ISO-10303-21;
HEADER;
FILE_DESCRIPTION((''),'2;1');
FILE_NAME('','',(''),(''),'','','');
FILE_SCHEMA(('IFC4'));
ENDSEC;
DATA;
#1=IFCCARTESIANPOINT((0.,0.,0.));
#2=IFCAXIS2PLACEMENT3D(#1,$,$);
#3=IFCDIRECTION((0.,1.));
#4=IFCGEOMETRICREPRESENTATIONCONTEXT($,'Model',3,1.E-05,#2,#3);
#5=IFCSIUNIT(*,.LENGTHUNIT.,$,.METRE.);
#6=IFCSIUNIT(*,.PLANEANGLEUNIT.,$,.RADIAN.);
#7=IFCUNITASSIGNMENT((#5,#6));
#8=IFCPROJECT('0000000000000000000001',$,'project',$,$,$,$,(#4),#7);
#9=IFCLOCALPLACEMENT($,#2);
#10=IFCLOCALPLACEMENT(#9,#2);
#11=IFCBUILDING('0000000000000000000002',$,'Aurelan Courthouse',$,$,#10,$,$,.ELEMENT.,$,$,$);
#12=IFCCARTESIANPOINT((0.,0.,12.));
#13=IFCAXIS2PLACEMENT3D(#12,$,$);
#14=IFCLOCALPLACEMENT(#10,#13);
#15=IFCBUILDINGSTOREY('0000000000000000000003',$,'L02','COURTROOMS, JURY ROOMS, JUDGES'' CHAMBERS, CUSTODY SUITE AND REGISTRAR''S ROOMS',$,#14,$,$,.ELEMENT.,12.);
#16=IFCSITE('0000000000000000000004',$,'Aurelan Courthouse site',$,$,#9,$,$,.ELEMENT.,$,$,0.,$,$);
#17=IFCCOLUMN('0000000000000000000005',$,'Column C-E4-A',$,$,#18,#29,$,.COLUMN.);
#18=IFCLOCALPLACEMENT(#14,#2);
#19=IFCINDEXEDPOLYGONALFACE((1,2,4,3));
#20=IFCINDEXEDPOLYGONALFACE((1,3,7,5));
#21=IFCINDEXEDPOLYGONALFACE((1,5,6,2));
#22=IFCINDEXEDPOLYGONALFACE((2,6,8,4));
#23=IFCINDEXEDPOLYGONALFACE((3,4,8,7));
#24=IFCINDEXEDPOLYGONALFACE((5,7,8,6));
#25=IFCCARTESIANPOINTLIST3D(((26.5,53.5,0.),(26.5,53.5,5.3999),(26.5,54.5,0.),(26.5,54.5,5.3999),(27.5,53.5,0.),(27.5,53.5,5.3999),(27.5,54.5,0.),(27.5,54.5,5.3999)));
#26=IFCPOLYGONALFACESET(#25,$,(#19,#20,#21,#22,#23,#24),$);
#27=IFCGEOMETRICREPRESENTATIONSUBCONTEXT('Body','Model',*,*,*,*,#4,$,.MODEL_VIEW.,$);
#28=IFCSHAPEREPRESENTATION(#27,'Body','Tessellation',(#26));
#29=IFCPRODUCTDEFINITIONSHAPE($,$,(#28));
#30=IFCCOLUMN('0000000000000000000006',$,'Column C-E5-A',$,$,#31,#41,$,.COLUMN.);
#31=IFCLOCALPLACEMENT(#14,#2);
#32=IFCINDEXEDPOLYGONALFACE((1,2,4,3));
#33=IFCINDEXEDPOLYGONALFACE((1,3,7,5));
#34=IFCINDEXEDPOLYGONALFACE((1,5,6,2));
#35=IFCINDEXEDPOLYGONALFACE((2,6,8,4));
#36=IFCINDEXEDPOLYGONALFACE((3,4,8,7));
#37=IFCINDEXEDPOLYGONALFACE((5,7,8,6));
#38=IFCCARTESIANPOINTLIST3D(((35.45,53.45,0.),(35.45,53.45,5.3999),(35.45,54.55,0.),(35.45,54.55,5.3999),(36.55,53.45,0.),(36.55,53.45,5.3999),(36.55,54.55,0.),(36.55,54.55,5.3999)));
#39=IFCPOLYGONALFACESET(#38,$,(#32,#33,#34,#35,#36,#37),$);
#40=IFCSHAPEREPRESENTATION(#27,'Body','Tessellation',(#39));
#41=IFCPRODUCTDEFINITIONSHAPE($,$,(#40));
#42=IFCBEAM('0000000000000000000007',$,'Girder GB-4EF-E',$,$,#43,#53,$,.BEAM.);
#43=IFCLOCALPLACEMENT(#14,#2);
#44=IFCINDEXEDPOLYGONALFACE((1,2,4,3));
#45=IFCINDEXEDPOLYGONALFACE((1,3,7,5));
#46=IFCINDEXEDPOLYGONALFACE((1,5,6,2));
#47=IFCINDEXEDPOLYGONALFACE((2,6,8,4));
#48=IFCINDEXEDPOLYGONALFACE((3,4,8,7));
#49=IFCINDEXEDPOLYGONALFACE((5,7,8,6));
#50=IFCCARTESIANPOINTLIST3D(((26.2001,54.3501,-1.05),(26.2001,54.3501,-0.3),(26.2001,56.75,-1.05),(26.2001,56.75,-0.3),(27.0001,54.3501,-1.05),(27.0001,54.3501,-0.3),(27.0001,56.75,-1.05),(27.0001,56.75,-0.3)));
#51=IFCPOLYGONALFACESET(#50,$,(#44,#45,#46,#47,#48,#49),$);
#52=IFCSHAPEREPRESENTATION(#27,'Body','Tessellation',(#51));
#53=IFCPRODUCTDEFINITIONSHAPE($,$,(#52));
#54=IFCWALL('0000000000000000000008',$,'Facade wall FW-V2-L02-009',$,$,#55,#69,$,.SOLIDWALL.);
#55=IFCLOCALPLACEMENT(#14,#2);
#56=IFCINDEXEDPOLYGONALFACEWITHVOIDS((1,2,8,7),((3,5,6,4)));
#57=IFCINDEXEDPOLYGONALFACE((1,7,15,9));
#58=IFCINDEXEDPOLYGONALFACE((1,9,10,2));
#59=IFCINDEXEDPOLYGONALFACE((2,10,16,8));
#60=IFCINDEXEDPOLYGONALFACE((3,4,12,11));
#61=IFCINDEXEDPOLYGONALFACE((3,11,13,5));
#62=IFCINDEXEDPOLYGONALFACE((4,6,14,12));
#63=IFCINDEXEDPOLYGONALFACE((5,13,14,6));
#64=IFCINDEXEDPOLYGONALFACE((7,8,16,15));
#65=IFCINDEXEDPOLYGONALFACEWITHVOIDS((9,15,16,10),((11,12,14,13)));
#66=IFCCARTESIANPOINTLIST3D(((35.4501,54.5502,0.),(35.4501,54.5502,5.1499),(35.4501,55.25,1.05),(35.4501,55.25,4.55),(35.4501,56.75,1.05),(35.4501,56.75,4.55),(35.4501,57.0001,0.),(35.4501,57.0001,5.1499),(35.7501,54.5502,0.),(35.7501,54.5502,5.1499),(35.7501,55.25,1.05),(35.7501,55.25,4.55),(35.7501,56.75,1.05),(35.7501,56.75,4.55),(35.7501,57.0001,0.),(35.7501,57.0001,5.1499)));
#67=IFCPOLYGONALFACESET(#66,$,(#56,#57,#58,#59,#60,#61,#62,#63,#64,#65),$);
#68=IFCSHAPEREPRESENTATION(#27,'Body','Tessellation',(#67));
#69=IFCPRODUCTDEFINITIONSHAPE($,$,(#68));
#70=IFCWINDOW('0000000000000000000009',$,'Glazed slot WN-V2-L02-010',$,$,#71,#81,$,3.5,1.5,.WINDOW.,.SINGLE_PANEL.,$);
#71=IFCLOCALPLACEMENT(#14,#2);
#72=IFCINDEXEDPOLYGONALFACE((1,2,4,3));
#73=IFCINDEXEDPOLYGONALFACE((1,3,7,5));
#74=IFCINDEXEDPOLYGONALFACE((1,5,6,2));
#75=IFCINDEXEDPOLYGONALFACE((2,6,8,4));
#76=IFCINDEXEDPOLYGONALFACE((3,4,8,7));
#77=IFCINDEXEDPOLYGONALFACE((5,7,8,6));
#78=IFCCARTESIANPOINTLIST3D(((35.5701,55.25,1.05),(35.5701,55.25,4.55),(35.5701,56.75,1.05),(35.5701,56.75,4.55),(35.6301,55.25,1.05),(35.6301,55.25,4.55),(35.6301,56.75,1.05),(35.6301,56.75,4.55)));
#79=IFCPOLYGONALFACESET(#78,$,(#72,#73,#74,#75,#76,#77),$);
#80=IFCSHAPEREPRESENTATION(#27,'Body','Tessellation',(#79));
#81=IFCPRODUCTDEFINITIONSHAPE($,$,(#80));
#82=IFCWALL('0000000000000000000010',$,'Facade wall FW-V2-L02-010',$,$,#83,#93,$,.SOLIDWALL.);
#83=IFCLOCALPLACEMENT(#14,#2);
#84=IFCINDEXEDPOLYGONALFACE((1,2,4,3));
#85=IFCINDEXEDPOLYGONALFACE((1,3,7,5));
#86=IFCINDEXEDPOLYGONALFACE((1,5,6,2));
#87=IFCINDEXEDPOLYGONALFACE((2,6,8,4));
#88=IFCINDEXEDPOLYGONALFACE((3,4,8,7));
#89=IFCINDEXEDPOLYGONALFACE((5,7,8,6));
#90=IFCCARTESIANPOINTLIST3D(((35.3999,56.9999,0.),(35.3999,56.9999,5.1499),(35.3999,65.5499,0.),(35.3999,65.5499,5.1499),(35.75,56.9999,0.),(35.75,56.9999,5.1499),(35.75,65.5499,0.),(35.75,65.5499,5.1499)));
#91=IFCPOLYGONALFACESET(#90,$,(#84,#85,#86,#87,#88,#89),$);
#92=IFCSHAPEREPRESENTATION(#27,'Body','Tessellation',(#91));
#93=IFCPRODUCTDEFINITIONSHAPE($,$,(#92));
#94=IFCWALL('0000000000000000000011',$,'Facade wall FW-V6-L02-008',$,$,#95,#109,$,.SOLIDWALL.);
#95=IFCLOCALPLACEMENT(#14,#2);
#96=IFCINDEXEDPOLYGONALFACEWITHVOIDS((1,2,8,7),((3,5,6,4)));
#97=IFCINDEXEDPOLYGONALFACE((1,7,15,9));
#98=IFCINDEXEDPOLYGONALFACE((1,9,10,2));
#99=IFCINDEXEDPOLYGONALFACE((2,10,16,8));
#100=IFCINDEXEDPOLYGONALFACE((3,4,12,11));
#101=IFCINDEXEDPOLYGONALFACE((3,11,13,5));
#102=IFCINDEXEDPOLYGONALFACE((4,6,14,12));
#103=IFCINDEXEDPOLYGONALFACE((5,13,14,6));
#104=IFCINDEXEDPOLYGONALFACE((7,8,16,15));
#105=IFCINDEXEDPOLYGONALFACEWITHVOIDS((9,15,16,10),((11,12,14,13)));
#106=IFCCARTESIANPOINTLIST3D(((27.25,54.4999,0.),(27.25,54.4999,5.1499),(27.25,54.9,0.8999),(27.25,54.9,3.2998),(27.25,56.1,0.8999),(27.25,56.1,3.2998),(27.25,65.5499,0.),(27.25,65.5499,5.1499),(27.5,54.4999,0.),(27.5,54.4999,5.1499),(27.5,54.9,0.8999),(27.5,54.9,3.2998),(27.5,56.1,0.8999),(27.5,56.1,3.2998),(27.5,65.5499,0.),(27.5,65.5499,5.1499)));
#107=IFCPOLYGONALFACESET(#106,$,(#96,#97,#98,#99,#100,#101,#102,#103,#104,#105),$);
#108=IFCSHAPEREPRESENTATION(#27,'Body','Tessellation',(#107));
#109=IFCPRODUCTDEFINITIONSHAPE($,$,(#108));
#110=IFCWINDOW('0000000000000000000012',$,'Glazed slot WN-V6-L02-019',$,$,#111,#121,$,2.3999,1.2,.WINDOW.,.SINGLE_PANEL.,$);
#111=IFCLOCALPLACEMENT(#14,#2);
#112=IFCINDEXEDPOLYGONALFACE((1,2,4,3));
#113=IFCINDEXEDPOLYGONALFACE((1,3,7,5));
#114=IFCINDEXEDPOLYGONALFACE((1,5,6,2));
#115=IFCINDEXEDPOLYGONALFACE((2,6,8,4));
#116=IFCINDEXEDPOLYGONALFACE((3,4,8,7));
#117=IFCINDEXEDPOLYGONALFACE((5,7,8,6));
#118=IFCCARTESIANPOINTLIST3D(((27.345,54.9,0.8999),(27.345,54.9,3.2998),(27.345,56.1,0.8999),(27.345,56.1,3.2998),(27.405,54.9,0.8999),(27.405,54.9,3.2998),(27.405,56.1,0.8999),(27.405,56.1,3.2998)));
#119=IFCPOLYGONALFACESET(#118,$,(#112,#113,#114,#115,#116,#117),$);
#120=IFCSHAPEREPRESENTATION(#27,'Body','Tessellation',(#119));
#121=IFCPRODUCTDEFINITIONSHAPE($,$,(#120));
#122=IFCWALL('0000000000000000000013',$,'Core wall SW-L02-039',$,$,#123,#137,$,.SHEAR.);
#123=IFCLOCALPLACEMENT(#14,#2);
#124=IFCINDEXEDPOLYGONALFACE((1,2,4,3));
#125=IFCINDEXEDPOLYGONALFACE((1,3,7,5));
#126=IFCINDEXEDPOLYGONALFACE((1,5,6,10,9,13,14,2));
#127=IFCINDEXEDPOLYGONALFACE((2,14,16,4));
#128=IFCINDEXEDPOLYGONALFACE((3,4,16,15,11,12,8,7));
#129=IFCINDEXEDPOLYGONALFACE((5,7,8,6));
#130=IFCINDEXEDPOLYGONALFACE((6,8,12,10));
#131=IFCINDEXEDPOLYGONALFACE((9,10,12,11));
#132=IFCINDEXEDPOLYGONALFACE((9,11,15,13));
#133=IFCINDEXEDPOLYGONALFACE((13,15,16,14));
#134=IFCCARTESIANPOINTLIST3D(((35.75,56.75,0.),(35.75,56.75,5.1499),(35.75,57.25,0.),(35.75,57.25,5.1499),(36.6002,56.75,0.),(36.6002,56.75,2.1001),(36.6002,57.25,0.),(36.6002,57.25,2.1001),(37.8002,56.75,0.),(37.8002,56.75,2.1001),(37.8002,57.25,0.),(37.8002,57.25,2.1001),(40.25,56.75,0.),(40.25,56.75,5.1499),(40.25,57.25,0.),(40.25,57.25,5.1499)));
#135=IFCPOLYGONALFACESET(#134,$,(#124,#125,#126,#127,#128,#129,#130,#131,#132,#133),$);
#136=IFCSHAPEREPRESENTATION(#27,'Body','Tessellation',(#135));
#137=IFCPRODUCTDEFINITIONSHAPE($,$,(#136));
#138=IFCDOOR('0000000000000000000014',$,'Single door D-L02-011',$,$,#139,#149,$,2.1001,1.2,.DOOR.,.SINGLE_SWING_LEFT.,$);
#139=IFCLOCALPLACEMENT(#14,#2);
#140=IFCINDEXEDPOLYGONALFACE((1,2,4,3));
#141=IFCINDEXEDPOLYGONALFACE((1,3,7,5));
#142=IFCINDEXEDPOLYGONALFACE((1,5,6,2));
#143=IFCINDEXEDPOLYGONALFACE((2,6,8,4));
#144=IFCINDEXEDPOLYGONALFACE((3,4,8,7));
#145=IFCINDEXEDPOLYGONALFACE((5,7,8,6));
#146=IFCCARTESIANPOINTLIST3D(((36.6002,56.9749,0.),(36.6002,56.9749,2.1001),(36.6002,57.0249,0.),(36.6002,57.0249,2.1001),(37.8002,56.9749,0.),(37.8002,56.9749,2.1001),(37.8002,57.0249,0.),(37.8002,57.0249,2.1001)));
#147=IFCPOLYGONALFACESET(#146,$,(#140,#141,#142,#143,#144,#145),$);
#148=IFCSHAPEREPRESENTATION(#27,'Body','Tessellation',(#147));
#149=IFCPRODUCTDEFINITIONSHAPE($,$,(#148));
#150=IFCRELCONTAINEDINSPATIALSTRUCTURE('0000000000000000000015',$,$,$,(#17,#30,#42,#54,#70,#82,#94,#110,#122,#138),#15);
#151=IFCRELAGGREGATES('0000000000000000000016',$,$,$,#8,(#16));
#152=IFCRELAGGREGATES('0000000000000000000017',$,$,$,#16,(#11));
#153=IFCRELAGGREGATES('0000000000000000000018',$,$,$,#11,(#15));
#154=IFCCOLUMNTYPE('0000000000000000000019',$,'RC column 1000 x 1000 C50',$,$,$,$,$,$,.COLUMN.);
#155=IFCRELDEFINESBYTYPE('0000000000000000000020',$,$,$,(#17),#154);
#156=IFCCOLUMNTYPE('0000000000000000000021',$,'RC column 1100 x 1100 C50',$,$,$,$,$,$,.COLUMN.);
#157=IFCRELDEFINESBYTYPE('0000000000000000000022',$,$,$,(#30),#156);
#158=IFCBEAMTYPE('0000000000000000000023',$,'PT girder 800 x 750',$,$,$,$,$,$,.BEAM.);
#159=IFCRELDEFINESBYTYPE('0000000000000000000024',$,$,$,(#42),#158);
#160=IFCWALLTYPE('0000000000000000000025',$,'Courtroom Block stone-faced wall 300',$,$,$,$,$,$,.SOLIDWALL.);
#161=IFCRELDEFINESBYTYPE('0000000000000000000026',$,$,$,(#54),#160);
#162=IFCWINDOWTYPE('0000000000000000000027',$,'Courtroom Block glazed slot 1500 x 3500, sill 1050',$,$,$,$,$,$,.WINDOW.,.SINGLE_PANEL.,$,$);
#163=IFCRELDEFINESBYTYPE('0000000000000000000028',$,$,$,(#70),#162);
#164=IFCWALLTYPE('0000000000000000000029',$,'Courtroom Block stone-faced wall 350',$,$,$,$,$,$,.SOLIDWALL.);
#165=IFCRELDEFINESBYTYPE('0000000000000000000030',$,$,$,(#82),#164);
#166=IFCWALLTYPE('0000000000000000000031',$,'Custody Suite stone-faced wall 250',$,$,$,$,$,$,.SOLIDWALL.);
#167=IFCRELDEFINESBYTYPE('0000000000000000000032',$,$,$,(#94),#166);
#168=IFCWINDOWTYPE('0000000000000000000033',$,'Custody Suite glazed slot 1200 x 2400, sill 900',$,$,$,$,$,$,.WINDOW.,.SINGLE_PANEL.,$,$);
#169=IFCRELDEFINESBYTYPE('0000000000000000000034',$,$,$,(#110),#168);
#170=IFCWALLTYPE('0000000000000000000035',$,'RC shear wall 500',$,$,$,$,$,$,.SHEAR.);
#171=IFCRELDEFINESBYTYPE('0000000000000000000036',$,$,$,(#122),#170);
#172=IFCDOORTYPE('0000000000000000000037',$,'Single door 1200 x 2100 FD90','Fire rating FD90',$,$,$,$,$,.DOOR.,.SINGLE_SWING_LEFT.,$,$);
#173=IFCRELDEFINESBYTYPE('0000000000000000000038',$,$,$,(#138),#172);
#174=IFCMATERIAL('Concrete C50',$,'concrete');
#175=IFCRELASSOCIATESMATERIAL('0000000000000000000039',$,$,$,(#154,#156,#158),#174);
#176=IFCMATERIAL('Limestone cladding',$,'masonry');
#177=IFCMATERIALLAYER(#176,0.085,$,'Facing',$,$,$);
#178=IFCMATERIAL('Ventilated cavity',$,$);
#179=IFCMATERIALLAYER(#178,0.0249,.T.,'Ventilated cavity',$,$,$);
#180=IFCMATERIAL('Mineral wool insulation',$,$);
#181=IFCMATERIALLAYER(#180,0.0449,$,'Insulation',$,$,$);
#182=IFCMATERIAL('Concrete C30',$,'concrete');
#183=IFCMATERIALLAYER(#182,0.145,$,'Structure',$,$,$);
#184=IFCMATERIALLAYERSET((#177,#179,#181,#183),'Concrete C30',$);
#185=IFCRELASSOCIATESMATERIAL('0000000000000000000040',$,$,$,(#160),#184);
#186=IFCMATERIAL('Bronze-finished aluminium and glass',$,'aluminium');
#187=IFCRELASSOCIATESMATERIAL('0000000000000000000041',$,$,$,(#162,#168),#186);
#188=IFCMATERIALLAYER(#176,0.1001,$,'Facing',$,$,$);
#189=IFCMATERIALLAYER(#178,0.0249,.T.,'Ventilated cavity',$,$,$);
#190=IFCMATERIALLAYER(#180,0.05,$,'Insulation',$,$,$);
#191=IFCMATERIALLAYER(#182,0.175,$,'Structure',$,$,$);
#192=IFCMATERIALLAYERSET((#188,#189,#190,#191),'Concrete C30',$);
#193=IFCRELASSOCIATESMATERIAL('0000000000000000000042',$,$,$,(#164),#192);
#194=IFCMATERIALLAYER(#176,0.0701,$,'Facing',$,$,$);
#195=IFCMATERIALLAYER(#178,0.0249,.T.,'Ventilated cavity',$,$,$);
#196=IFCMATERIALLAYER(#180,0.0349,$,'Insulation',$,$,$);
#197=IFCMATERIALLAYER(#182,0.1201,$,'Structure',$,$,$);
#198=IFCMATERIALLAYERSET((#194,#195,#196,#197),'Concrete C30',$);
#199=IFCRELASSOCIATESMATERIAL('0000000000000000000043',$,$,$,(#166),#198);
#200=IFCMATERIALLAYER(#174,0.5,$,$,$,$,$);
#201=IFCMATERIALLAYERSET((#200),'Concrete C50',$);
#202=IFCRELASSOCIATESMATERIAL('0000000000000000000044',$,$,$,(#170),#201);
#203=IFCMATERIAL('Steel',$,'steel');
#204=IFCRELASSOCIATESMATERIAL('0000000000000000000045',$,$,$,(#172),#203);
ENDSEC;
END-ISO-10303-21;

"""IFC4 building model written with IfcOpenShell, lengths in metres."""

from ifc_helpers import new_model, si_unit, direction, frame, frame_2d, origin, origin_2d, place, context, subcontext, project, spatial, rectangle, extrude, material, layer, layer_set, material_profile, profile_set, type_object, element, fill, save


model = new_model("IFC4")

# Units and contexts
model_context = context("Model", 3, precision=1e-05, world=origin(), true_north=direction((0.0, 1.0)))
body_context = subcontext(model_context, "Body", "Model", "MODEL_VIEW")
ifc_project = project(units=[si_unit("LENGTHUNIT", "METRE"), si_unit("PLANEANGLEUNIT", "RADIAN")], contexts=[model_context])

# Site, building, storey
site_placement = place(None, origin())
site = spatial("IfcSite", under=ifc_project, at=site_placement, Name="Aurelan Courthouse site", CompositionType="ELEMENT", RefElevation=0.0)
building_placement = place(site_placement, origin())
building = spatial("IfcBuilding", under=site, at=building_placement, Name="Aurelan Courthouse", CompositionType="ELEMENT")
storey_placement = place(building_placement, frame((0.0, 0.0, 12.0)))
storey = spatial("IfcBuildingStorey", under=building, at=storey_placement, Name="L02", Description="COURTROOMS, JURY ROOMS, JUDGES' CHAMBERS, CUSTODY SUITE AND REGISTRAR'S ROOMS", CompositionType="ELEMENT", Elevation=12.0)

# Columns
ifc_material_1 = material(Name="Concrete C50", Category="concrete")
ifc_material_profile_1 = material_profile(ifc_material_1, rectangle(XDim=1.0, YDim=1.0, at=origin_2d()), Name="RC 1000 x 1000")
ifc_profile_set_1 = profile_set([ifc_material_profile_1], Name="Concrete C50")
column_type_1 = type_object("IfcColumnType", Name="RC column 1000 x 1000 C50", PredefinedType="COLUMN", material=ifc_profile_set_1)
column_1_placement = place(storey_placement, frame((27.0, 54.0, 0.0), z_axis=(0.0, 0.0, 1.0), x_axis=(1.0, 0.0, 0.0)))
element("IfcColumn", 1, at=column_1_placement, inside=storey, type_object=column_type_1, Name="Column C-E4-A", PredefinedType="COLUMN", context=body_context, shape_type="SweptSolid", body=[
    extrude(rectangle(XDim=1.0, YDim=1.0, at=origin_2d()), origin(), (0.0, 0.0, 1.0), 5.3999),
])
ifc_material_profile_2 = material_profile(ifc_material_1, rectangle(XDim=1.1001, YDim=1.1001, at=origin_2d()), Name="RC 1100 x 1100")
ifc_profile_set_2 = profile_set([ifc_material_profile_2], Name="Concrete C50")
column_type_2 = type_object("IfcColumnType", Name="RC column 1100 x 1100 C50", PredefinedType="COLUMN", material=ifc_profile_set_2)
column_2_placement = place(storey_placement, frame((36.0, 54.0, 0.0), z_axis=(0.0, 0.0, 1.0), x_axis=(1.0, 0.0, 0.0)))
element("IfcColumn", 2, at=column_2_placement, inside=storey, type_object=column_type_2, Name="Column C-E5-A", PredefinedType="COLUMN", context=body_context, shape_type="SweptSolid", body=[
    extrude(rectangle(XDim=1.1001, YDim=1.1001, at=origin_2d()), origin(), (0.0, 0.0, 1.0), 5.3999),
])

# Beam
ifc_material_profile_3 = material_profile(ifc_material_1, rectangle(XDim=0.8, YDim=0.75, at=origin_2d()), Name="RC 800 x 750")
ifc_profile_set_3 = profile_set([ifc_material_profile_3], Name="Concrete C50")
beam_type = type_object("IfcBeamType", Name="PT girder 800 x 750", PredefinedType="BEAM", material=ifc_profile_set_3)
beam_placement = place(storey_placement, frame((26.6001, 54.3501, -0.675), z_axis=(0.0, 1.0, 0.0), x_axis=(-1.0, 0.0, 0.0)))
element("IfcBeam", 3, at=beam_placement, inside=storey, type_object=beam_type, Name="Girder GB-4EF-E", PredefinedType="BEAM", context=body_context, shape_type="SweptSolid", body=[
    extrude(rectangle(XDim=0.8, YDim=0.75, at=origin_2d()), origin(), (0.0, 0.0, 1.0), 2.3999),
])

# Wall, opening, window
ifc_material_2 = material(Name="Limestone cladding", Category="masonry")
ifc_layer_1 = layer(ifc_material_2, 0.085, Name="Facing")
ifc_material_3 = material(Name="Ventilated cavity")
ifc_layer_2 = layer(ifc_material_3, 0.0249, ventilated=True, Name="Ventilated cavity")
ifc_material_4 = material(Name="Mineral wool insulation")
ifc_layer_3 = layer(ifc_material_4, 0.0449, Name="Insulation")
ifc_material_5 = material(Name="Concrete C30", Category="concrete")
ifc_layer_4 = layer(ifc_material_5, 0.145, Name="Structure")
ifc_layer_set_1 = layer_set([ifc_layer_1, ifc_layer_2, ifc_layer_3, ifc_layer_4], Name="Concrete C30")
wall_type_1 = type_object("IfcWallType", Name="Courtroom Block stone-faced wall 300", PredefinedType="SOLIDWALL", material=ifc_layer_set_1)
wall_1_placement = place(storey_placement, frame((35.6001, 54.55, 0.0), z_axis=(0.0, 0.0, 1.0), x_axis=(0.0, 1.0, 0.0)))
wall_1 = element("IfcWall", 4, at=wall_1_placement, inside=storey, type_object=wall_type_1, Name="Facade wall FW-V2-L02-009", PredefinedType="SOLIDWALL", context=body_context, shape_type="SweptSolid", body=[
    extrude(rectangle(XDim=2.45, YDim=0.3, at=frame_2d((1.2251, 0.0))), origin(), (0.0, 0.0, 1.0), 5.1499),
])
opening_1_placement = place(wall_1_placement, frame((0.7, 0.0, 1.05)))
opening_1 = element("IfcOpeningElement", 5, at=opening_1_placement, cuts=wall_1, PredefinedType="OPENING", context=body_context, shape_type="SweptSolid", body=[
    extrude(rectangle(XDim=1.5, YDim=3.5, at=frame_2d((0.75, 1.75))), frame((0.0, 0.1599, 0.0), z_axis=(0.0, -1.0, 0.0), x_axis=(1.0, 0.0, 0.0)), (0.0, 0.0, 1.0), 0.3201),
])
ifc_material_6 = material(Name="Bronze-finished aluminium and glass", Category="aluminium")
window_type_1 = type_object("IfcWindowType", Name="Courtroom Block glazed slot 1500 x 3500, sill 1050", PartitioningType="SINGLE_PANEL", PredefinedType="WINDOW", material=ifc_material_6)
window_1_placement = place(opening_1_placement, origin())
window_1 = element("IfcWindow", 6, at=window_1_placement, inside=storey, type_object=window_type_1, Name="Glazed slot WN-V2-L02-010", OverallHeight=3.5, OverallWidth=1.5, PartitioningType="SINGLE_PANEL", PredefinedType="WINDOW", context=body_context, shape_type="SweptSolid", body=[
    extrude(rectangle(XDim=1.5, YDim=3.5, at=frame_2d((0.75, 1.75))), frame((0.0, 0.03, 0.0), z_axis=(0.0, -1.0, 0.0), x_axis=(1.0, 0.0, 0.0)), (0.0, 0.0, 1.0), 0.0601),
])
fill(opening_1, window_1)

# Wall
ifc_layer_5 = layer(ifc_material_2, 0.1001, Name="Facing")
ifc_layer_6 = layer(ifc_material_3, 0.0249, ventilated=True, Name="Ventilated cavity")
ifc_layer_7 = layer(ifc_material_4, 0.05, Name="Insulation")
ifc_layer_8 = layer(ifc_material_5, 0.175, Name="Structure")
ifc_layer_set_2 = layer_set([ifc_layer_5, ifc_layer_6, ifc_layer_7, ifc_layer_8], Name="Concrete C30")
wall_type_2 = type_object("IfcWallType", Name="Courtroom Block stone-faced wall 350", PredefinedType="SOLIDWALL", material=ifc_layer_set_2)
wall_2_placement = place(storey_placement, frame((35.575, 57.0, 0.0), z_axis=(0.0, 0.0, 1.0), x_axis=(0.0, 1.0, 0.0)))
element("IfcWall", 7, at=wall_2_placement, inside=storey, type_object=wall_type_2, Name="Facade wall FW-V2-L02-010", PredefinedType="SOLIDWALL", context=body_context, shape_type="SweptSolid", body=[
    extrude(rectangle(XDim=8.55, YDim=0.3501, at=frame_2d((4.2749, 0.0))), origin(), (0.0, 0.0, 1.0), 5.1499),
])

# Wall, opening, window
ifc_layer_9 = layer(ifc_material_2, 0.0701, Name="Facing")
ifc_layer_10 = layer(ifc_material_3, 0.0249, ventilated=True, Name="Ventilated cavity")
ifc_layer_11 = layer(ifc_material_4, 0.0349, Name="Insulation")
ifc_layer_12 = layer(ifc_material_5, 0.1201, Name="Structure")
ifc_layer_set_3 = layer_set([ifc_layer_9, ifc_layer_10, ifc_layer_11, ifc_layer_12], Name="Concrete C30")
wall_type_3 = type_object("IfcWallType", Name="Custody Suite stone-faced wall 250", PredefinedType="SOLIDWALL", material=ifc_layer_set_3)
wall_3_placement = place(storey_placement, frame((27.375, 54.5, 0.0), z_axis=(0.0, 0.0, 1.0), x_axis=(0.0, 1.0, 0.0)))
wall_3 = element("IfcWall", 8, at=wall_3_placement, inside=storey, type_object=wall_type_3, Name="Facade wall FW-V6-L02-008", PredefinedType="SOLIDWALL", context=body_context, shape_type="SweptSolid", body=[
    extrude(rectangle(XDim=11.05, YDim=0.25, at=frame_2d((5.5249, 0.0))), origin(), (0.0, 0.0, 1.0), 5.1499),
])
opening_2_placement = place(wall_3_placement, frame((0.3999, 0.0, 0.8999)))
opening_2 = element("IfcOpeningElement", 9, at=opening_2_placement, cuts=wall_3, PredefinedType="OPENING", context=body_context, shape_type="SweptSolid", body=[
    extrude(rectangle(XDim=1.2, YDim=2.3999, at=frame_2d((0.6001, 1.2))), frame((0.0, 0.135, 0.0), z_axis=(0.0, -1.0, 0.0), x_axis=(1.0, 0.0, 0.0)), (0.0, 0.0, 1.0), 0.27),
])
window_type_2 = type_object("IfcWindowType", Name="Custody Suite glazed slot 1200 x 2400, sill 900", PartitioningType="SINGLE_PANEL", PredefinedType="WINDOW", material=ifc_material_6)
window_2_placement = place(opening_2_placement, origin())
window_2 = element("IfcWindow", 10, at=window_2_placement, inside=storey, type_object=window_type_2, Name="Glazed slot WN-V6-L02-019", OverallHeight=2.3999, OverallWidth=1.2, PartitioningType="SINGLE_PANEL", PredefinedType="WINDOW", context=body_context, shape_type="SweptSolid", body=[
    extrude(rectangle(XDim=1.2, YDim=2.3999, at=frame_2d((0.6001, 1.2))), frame((0.0, 0.03, 0.0), z_axis=(0.0, -1.0, 0.0), x_axis=(1.0, 0.0, 0.0)), (0.0, 0.0, 1.0), 0.0601),
])
fill(opening_2, window_2)

# Wall, opening, door
ifc_layer_13 = layer(ifc_material_1, 0.5)
ifc_layer_set_4 = layer_set([ifc_layer_13], Name="Concrete C50")
wall_type_4 = type_object("IfcWallType", Name="RC shear wall 500", PredefinedType="SHEAR", material=ifc_layer_set_4)
wall_4_placement = place(storey_placement, frame((35.75, 57.0, 0.0), z_axis=(0.0, 0.0, 1.0), x_axis=(1.0, 0.0, 0.0)))
wall_4 = element("IfcWall", 11, at=wall_4_placement, inside=storey, type_object=wall_type_4, Name="Core wall SW-L02-039", PredefinedType="SHEAR", context=body_context, shape_type="SweptSolid", body=[
    extrude(rectangle(XDim=4.5, YDim=0.5, at=frame_2d((2.25, 0.0))), origin(), (0.0, 0.0, 1.0), 5.1499),
])
opening_3_placement = place(wall_4_placement, frame((0.8501, 0.0, 0.0)))
opening_3 = element("IfcOpeningElement", 12, at=opening_3_placement, cuts=wall_4, PredefinedType="OPENING", context=body_context, shape_type="SweptSolid", body=[
    extrude(rectangle(XDim=1.2, YDim=2.1001, at=frame_2d((0.6001, 1.05))), frame((0.0, 0.26, 0.0), z_axis=(0.0, -1.0, 0.0), x_axis=(1.0, 0.0, 0.0)), (0.0, 0.0, 1.0), 0.52),
])
ifc_material_7 = material(Name="Steel", Category="steel")
door_type = type_object("IfcDoorType", Name="Single door 1200 x 2100 FD90", Description="Fire rating FD90", OperationType="SINGLE_SWING_LEFT", PredefinedType="DOOR", material=ifc_material_7)
door_placement = place(opening_3_placement, origin())
door = element("IfcDoor", 13, at=door_placement, inside=storey, type_object=door_type, Name="Single door D-L02-011", OperationType="SINGLE_SWING_LEFT", OverallHeight=2.1001, OverallWidth=1.2, PredefinedType="DOOR", context=body_context, shape_type="SweptSolid", body=[
    extrude(rectangle(XDim=1.2, YDim=2.1001, at=frame_2d((0.6001, 1.05))), frame((0.0, 0.0249, 0.0), z_axis=(0.0, -1.0, 0.0), x_axis=(1.0, 0.0, 0.0)), (0.0, 0.0, 1.0), 0.05),
])
fill(opening_3, door)

save(model, "model.ifc")
